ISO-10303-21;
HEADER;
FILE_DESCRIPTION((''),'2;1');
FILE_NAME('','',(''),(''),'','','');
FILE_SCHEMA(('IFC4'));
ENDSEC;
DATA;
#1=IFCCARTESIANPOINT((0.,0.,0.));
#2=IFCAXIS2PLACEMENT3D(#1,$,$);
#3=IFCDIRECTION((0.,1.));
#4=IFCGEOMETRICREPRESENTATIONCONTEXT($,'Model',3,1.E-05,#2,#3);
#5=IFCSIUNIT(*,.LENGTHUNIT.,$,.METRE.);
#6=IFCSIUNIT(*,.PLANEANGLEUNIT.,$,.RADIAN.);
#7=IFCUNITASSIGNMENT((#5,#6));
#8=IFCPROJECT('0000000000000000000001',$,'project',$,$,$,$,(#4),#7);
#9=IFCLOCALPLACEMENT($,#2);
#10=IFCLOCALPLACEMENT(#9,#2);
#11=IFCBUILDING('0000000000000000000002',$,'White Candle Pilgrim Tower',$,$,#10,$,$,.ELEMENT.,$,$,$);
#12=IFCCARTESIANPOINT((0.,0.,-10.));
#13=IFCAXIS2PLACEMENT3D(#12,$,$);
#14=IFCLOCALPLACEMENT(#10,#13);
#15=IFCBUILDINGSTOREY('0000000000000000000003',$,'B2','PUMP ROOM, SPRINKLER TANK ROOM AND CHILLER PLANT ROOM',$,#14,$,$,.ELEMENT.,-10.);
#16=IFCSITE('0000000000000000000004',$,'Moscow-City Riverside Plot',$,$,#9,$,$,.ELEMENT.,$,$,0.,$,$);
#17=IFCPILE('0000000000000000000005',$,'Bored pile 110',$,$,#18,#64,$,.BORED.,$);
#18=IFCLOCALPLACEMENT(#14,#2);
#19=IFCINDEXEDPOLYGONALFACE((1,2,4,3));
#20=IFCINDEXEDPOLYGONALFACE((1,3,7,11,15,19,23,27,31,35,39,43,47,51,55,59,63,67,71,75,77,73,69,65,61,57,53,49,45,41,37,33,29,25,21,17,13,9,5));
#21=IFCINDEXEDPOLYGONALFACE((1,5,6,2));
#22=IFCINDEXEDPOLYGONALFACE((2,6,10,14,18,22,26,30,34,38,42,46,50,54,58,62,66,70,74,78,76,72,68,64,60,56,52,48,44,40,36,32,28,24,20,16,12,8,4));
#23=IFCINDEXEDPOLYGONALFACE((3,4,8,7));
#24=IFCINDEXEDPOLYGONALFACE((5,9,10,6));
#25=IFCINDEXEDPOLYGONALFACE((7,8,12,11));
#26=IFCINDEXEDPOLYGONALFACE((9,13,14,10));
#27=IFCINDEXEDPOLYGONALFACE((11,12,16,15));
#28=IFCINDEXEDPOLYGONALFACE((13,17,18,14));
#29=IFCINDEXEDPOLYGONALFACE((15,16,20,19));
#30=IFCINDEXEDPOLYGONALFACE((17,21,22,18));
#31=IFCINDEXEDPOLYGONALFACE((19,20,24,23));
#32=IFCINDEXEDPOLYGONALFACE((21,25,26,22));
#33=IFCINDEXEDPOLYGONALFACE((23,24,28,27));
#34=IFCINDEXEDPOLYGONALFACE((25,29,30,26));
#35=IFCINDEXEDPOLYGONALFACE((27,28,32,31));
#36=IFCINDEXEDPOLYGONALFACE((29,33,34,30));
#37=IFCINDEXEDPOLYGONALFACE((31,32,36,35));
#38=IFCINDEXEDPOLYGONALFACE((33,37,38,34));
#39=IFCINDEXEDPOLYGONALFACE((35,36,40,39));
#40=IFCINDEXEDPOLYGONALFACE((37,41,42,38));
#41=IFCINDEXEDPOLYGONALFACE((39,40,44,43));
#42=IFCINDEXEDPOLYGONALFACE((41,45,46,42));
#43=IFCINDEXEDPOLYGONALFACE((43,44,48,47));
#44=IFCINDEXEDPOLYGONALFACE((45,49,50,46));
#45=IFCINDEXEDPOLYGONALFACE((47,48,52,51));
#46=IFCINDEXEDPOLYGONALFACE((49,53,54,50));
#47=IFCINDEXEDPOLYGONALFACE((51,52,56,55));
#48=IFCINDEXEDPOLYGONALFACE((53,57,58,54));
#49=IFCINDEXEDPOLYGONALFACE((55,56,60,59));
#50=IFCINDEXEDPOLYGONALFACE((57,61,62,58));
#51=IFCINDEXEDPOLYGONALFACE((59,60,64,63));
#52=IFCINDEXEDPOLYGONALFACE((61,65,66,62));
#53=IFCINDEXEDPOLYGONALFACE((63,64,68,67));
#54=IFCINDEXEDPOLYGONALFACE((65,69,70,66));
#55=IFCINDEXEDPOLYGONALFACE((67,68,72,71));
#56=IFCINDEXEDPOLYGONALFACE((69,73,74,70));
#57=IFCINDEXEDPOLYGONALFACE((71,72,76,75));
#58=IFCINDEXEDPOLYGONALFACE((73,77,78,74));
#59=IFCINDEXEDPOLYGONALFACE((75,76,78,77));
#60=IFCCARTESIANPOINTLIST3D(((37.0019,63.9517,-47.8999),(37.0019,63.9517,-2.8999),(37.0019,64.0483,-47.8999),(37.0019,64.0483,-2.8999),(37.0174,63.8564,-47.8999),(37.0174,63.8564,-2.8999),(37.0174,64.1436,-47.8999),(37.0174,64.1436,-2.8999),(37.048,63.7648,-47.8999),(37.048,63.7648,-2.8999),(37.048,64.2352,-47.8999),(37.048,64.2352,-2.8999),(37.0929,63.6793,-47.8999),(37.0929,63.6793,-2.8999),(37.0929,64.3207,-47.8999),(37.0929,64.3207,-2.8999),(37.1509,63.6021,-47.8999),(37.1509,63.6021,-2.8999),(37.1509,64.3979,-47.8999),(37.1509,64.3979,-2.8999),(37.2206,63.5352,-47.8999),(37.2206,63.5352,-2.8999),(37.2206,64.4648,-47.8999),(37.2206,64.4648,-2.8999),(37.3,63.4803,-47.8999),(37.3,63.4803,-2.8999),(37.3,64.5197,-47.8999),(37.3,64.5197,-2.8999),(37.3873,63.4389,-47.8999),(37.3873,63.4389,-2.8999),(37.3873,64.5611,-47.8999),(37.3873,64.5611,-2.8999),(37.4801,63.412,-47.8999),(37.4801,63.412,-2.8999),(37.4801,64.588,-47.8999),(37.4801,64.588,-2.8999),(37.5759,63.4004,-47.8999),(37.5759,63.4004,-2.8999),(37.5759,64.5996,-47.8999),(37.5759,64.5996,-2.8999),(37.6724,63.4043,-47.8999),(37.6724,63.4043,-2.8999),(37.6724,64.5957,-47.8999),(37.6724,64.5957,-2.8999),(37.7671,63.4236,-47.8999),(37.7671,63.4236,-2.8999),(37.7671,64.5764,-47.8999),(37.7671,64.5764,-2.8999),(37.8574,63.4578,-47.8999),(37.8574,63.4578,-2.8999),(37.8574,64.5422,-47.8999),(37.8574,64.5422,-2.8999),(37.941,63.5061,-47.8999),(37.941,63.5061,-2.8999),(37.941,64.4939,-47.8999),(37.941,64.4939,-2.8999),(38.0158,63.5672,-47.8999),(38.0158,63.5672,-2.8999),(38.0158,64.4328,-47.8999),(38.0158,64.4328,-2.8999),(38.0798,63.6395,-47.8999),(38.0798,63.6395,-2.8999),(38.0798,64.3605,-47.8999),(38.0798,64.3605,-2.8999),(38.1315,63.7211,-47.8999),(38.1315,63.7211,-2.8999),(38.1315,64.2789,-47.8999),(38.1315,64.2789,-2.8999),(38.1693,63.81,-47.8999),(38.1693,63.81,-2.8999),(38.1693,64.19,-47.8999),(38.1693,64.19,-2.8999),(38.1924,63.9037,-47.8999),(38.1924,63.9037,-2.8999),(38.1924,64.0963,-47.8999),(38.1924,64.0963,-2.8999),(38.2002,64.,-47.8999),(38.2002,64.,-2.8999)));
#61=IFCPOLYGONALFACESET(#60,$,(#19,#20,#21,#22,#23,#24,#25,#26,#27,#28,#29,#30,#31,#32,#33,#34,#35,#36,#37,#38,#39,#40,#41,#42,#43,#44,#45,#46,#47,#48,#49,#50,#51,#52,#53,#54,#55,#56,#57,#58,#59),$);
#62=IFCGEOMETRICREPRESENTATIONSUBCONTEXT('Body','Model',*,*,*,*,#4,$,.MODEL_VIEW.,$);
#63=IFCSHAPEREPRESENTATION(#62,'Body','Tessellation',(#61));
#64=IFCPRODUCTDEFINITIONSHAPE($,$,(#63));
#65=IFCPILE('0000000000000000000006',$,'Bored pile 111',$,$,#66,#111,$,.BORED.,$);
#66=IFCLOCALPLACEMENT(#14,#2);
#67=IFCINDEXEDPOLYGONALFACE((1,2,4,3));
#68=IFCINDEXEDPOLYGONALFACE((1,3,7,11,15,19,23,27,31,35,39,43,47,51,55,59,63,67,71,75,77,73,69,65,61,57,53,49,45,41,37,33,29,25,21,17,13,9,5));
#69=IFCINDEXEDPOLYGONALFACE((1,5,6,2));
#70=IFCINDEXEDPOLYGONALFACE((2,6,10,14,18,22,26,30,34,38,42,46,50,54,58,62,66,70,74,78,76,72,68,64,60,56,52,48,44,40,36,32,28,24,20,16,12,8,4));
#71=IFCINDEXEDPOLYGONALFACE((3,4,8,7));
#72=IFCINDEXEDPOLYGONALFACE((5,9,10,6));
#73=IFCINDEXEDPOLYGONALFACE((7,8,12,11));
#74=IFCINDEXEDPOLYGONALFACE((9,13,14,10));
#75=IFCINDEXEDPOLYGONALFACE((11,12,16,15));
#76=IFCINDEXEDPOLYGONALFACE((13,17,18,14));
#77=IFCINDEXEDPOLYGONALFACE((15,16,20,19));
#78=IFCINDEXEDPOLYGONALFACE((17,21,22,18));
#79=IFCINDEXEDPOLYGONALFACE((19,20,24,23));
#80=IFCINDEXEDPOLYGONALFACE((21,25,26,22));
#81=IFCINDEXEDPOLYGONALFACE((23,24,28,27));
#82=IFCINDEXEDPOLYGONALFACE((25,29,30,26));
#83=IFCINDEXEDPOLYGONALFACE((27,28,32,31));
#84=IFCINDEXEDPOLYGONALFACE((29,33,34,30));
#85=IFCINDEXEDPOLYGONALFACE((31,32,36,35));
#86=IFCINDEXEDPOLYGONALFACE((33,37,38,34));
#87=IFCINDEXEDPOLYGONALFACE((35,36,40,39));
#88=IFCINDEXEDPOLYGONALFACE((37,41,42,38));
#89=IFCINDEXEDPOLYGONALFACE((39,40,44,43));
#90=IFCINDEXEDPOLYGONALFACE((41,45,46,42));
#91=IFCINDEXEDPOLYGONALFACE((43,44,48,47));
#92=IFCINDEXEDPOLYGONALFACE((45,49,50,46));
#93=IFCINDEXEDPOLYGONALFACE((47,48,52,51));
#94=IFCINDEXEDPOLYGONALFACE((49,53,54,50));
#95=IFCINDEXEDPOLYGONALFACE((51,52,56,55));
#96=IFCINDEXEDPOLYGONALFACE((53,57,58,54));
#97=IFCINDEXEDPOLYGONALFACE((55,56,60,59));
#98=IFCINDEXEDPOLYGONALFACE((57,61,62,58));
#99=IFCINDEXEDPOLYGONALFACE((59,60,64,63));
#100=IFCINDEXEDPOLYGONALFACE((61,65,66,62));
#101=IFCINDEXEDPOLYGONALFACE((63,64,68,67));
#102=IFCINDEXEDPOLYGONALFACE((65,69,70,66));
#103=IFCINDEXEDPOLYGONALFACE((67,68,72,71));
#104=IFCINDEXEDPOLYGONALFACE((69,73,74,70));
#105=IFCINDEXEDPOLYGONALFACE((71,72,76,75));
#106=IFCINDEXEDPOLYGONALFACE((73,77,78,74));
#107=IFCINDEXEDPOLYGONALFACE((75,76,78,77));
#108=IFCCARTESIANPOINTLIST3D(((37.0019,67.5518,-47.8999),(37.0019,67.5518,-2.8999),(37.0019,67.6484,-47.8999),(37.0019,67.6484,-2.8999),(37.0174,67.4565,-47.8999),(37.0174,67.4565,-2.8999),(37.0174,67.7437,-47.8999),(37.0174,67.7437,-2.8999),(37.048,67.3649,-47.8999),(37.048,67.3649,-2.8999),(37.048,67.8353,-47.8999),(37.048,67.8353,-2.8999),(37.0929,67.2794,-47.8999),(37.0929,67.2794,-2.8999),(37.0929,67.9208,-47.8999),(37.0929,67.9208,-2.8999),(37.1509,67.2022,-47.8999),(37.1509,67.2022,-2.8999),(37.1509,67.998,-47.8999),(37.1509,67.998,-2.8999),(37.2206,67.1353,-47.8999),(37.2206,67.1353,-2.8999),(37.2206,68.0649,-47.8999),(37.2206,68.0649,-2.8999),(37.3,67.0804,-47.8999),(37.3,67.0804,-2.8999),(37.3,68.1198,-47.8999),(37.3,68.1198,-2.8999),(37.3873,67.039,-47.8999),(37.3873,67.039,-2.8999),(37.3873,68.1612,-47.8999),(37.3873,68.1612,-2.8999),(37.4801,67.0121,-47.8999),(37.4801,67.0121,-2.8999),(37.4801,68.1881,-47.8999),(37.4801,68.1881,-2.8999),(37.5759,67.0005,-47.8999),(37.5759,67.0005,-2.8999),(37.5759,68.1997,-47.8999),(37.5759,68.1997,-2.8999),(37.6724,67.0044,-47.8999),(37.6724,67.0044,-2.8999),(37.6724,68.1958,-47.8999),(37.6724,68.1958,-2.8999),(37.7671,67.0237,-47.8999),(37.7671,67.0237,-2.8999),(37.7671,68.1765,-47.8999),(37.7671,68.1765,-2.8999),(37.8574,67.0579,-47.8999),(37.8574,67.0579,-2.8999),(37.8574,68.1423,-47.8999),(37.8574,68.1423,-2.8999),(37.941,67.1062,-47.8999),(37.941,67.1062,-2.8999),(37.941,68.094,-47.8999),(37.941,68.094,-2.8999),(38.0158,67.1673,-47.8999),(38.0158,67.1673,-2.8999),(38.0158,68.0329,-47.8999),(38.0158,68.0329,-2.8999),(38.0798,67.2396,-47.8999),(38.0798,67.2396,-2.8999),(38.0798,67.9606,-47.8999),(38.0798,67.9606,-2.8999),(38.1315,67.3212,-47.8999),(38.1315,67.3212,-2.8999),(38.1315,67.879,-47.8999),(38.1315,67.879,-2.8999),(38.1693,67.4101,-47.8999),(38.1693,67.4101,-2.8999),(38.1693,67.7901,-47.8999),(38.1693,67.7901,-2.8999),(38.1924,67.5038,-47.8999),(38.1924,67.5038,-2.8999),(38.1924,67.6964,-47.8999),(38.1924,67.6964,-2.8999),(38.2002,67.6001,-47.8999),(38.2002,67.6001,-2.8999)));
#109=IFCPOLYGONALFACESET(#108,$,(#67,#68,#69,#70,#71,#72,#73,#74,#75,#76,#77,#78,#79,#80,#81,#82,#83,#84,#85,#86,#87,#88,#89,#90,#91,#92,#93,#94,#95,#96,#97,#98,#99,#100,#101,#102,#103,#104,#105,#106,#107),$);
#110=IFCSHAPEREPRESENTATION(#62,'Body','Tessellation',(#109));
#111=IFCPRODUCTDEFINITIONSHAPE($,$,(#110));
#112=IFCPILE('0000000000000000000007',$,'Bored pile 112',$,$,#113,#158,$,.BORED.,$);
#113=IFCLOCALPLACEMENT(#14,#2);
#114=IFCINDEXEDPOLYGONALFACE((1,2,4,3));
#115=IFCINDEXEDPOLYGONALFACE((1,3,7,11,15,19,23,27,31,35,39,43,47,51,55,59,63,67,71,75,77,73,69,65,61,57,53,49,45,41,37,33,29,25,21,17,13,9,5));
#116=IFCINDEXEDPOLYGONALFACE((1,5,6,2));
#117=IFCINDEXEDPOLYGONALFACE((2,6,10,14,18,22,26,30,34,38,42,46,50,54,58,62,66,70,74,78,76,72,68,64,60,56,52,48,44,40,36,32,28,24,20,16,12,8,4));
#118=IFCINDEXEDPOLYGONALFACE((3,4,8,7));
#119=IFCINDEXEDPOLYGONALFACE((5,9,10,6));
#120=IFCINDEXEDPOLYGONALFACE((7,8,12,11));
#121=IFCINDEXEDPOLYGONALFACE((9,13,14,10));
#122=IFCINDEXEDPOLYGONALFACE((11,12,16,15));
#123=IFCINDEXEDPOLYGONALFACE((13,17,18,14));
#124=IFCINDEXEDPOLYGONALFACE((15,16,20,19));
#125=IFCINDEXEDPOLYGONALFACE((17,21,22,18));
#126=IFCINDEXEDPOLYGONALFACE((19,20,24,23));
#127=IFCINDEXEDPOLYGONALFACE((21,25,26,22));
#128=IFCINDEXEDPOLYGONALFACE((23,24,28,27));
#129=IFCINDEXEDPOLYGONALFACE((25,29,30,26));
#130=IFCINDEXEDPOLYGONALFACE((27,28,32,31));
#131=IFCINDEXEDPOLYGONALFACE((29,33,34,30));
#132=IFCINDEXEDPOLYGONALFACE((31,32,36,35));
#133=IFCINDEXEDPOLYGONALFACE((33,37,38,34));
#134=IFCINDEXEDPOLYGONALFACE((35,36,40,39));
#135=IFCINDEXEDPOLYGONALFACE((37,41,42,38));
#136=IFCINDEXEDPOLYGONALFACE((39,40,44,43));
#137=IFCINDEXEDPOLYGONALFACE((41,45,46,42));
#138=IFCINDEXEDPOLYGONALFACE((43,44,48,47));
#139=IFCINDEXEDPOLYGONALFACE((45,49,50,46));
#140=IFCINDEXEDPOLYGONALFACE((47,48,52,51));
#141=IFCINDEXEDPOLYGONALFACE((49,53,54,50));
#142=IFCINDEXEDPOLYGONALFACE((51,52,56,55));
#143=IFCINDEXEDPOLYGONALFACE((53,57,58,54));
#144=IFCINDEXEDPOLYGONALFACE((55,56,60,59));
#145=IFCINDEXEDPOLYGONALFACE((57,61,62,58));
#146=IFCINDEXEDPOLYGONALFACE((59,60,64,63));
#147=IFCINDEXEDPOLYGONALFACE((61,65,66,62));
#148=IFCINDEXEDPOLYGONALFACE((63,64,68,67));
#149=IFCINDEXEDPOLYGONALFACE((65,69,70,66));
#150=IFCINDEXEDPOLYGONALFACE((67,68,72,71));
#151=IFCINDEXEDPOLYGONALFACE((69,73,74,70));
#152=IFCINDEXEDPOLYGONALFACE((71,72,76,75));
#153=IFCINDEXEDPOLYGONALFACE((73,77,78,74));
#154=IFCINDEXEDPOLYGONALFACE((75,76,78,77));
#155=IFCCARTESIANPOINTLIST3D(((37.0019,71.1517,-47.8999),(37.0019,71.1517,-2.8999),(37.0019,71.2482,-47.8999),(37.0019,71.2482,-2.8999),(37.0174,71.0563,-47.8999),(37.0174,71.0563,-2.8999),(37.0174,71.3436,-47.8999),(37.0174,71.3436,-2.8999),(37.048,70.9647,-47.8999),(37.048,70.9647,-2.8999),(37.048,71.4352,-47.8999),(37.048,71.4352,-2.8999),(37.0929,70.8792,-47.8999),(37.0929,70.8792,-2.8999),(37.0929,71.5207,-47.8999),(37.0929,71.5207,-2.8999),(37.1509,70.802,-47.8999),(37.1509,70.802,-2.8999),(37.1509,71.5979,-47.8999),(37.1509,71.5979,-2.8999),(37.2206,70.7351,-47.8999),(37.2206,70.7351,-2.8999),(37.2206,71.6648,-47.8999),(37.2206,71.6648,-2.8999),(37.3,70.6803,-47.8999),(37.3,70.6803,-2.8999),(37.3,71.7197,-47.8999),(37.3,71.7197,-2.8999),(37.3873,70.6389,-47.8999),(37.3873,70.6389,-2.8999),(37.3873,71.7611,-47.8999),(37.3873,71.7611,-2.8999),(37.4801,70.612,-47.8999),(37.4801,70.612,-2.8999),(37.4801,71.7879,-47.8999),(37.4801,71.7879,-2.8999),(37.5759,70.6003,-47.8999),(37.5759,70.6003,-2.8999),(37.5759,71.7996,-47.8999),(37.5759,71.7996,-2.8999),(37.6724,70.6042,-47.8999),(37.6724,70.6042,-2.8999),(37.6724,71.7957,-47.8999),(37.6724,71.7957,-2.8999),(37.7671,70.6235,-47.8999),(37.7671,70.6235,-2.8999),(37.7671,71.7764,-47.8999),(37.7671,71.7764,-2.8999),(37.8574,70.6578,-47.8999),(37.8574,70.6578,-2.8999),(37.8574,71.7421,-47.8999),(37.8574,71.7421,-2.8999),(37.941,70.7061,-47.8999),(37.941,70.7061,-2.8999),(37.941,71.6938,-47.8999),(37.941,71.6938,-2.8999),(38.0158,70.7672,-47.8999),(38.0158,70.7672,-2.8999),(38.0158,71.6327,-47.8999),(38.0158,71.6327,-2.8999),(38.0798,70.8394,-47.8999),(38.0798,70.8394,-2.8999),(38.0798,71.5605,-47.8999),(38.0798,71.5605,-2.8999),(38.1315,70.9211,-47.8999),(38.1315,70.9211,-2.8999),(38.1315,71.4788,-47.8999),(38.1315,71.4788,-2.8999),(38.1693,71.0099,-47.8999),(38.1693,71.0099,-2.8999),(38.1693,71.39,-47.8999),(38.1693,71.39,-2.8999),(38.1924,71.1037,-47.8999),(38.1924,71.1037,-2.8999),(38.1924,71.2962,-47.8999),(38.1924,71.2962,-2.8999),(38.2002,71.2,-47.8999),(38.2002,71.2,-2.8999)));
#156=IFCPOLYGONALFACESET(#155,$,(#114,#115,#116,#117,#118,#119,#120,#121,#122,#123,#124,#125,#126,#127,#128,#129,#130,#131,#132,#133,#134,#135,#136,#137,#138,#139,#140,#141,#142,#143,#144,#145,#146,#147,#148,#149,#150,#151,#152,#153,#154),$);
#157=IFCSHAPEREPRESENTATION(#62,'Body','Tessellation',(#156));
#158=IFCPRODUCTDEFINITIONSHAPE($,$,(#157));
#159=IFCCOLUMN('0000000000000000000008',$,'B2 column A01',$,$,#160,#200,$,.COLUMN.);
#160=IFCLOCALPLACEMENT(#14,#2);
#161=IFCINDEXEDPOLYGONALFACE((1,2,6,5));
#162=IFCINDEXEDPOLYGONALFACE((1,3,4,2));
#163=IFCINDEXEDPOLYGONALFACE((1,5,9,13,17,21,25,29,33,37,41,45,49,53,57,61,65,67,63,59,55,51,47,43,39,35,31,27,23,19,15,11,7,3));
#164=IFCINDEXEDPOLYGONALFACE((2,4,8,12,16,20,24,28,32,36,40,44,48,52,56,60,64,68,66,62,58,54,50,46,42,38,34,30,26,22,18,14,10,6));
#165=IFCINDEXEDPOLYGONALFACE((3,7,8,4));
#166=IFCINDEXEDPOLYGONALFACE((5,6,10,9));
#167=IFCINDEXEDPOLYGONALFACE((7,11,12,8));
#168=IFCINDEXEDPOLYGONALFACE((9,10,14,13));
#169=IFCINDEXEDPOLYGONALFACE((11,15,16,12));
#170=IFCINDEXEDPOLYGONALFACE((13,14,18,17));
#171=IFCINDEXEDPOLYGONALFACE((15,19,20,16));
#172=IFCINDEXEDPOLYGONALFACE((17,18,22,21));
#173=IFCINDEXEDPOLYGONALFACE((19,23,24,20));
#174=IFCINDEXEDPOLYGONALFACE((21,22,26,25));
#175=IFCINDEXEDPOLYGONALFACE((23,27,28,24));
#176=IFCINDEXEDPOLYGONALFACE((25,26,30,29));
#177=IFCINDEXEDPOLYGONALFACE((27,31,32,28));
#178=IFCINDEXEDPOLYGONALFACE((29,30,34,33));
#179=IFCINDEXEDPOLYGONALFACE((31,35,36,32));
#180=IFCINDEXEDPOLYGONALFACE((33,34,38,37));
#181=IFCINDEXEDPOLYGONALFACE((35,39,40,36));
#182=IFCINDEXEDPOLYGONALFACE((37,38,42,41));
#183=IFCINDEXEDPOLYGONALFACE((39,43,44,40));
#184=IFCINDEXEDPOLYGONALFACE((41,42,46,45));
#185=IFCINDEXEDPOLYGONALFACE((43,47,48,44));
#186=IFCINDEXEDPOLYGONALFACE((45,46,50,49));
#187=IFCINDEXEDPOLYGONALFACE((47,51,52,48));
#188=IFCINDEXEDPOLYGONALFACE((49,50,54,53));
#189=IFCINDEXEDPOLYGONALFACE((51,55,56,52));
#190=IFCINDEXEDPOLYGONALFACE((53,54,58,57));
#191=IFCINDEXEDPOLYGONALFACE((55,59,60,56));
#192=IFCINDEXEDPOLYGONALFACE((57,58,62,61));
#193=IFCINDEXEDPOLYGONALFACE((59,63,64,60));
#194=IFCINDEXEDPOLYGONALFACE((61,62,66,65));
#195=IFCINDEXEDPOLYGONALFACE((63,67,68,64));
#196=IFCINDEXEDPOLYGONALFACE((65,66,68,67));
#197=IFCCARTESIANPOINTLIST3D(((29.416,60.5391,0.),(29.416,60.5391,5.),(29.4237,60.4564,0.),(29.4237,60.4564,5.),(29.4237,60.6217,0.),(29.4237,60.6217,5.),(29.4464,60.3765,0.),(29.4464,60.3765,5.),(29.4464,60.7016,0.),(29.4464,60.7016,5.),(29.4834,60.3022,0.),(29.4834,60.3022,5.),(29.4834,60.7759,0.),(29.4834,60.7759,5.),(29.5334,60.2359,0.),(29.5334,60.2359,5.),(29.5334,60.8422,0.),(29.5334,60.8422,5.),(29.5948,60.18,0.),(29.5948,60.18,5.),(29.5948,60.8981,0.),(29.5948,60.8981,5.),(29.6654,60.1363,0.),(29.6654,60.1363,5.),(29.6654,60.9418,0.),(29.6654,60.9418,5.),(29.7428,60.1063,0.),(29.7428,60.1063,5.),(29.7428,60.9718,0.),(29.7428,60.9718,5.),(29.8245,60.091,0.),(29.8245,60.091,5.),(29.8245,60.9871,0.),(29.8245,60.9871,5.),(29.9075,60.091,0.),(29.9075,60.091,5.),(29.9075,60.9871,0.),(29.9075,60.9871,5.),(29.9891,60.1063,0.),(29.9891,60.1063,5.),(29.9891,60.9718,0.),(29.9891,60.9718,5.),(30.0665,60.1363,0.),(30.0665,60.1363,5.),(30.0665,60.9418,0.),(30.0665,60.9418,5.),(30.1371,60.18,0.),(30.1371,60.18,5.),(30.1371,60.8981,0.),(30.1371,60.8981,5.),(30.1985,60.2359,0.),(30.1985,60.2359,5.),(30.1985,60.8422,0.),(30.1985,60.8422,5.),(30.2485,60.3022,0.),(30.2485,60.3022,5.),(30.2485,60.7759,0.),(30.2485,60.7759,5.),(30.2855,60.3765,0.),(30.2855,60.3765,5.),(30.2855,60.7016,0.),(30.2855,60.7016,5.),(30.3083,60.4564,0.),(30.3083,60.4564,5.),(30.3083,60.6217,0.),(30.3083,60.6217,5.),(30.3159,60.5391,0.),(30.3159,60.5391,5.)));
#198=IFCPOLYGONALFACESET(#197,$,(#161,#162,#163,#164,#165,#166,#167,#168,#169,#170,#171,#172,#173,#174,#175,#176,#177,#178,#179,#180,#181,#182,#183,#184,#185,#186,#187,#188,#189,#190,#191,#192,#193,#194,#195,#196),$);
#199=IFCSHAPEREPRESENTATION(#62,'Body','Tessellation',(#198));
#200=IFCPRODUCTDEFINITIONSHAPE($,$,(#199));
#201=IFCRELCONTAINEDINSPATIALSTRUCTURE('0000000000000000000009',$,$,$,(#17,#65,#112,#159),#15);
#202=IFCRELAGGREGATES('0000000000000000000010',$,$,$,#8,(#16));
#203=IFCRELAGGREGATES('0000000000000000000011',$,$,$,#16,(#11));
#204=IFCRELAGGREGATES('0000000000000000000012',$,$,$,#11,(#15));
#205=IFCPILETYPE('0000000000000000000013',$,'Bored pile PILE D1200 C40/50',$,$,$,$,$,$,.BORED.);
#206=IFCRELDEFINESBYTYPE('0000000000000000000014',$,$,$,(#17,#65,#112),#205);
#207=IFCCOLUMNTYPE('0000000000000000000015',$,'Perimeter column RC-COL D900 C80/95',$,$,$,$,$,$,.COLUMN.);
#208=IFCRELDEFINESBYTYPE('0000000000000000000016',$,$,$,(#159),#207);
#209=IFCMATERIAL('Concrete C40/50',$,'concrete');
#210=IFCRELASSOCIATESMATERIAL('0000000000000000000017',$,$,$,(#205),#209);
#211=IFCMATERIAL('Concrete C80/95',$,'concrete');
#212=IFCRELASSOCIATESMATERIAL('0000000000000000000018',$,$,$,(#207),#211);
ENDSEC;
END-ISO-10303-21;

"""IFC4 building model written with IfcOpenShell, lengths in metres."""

from ifc_helpers import new_model, si_unit, direction, frame, origin, origin_2d, place, context, subcontext, project, spatial, circle, extrude, material, material_profile, profile_set, type_object, element, save


model = new_model("IFC4")

# Units and contexts
model_context = context("Model", 3, precision=1e-05, world=origin(), true_north=direction((0.0, 1.0)))
body_context = subcontext(model_context, "Body", "Model", "MODEL_VIEW")
ifc_project = project(units=[si_unit("LENGTHUNIT", "METRE"), si_unit("PLANEANGLEUNIT", "RADIAN")], contexts=[model_context])

# Site, building, storey
site_placement = place(None, origin())
site = spatial("IfcSite", under=ifc_project, at=site_placement, Name="Moscow-City Riverside Plot", CompositionType="ELEMENT", RefElevation=0.0)
building_placement = place(site_placement, origin())
building = spatial("IfcBuilding", under=site, at=building_placement, Name="White Candle Pilgrim Tower", CompositionType="ELEMENT")
storey_placement = place(building_placement, frame((0.0, 0.0, -10.0)))
storey = spatial("IfcBuildingStorey", under=building, at=storey_placement, Name="B2", Description="PUMP ROOM, SPRINKLER TANK ROOM AND CHILLER PLANT ROOM", CompositionType="ELEMENT", Elevation=-10.0)

# Piles
ifc_material_1 = material(Name="Concrete C40/50", Category="concrete")
ifc_material_profile_1 = material_profile(ifc_material_1, circle(Radius=0.6001, at=origin_2d()), Name="PILE D1200")
ifc_profile_set_1 = profile_set([ifc_material_profile_1], Name="Concrete C40/50")
pile_type = type_object("IfcPileType", Name="Bored pile PILE D1200 C40/50", PredefinedType="BORED", material=ifc_profile_set_1)
for number, where, z_axis, x_axis, name in (
    (1, (37.6001, 64.0, -2.8999), (0.0, 0.0, -1.0), (1.0, 0.0, 0.0), "Bored pile 110"),
    (2, (37.6001, 67.6001, -2.8999), (0.0, 0.0, -1.0), (1.0, 0.0, 0.0), "Bored pile 111"),
    (3, (37.6001, 71.2, -2.8999), (0.0, 0.0, -1.0), (1.0, 0.0, 0.0), "Bored pile 112"),
):
    element("IfcPile", number, at=place(storey_placement, frame(where, z_axis=z_axis, x_axis=x_axis)), inside=storey, type_object=pile_type, Name=name, PredefinedType="BORED", context=body_context, shape_type="SweptSolid", body=[
        extrude(circle(Radius=0.6001, at=origin_2d()), origin(), (0.0, 0.0, 1.0), 45.0),
    ])

# Column
ifc_material_2 = material(Name="Concrete C80/95", Category="concrete")
ifc_material_profile_2 = material_profile(ifc_material_2, circle(Radius=0.45, at=origin_2d()), Name="RC-COL D900")
ifc_profile_set_2 = profile_set([ifc_material_profile_2], Name="Concrete C80/95")
column_type = type_object("IfcColumnType", Name="Perimeter column RC-COL D900 C80/95", PredefinedType="COLUMN", material=ifc_profile_set_2)
for number, where, z_axis, x_axis, name in (
    (4, (29.866, 60.5391, 0.0), (0.0, 0.0, 1.0), (1.0, 0.0, 0.0), "B2 column A01"),
):
    element("IfcColumn", number, at=place(storey_placement, frame(where, z_axis=z_axis, x_axis=x_axis)), inside=storey, type_object=column_type, Name=name, PredefinedType="COLUMN", context=body_context, shape_type="SweptSolid", body=[
        extrude(circle(Radius=0.45, at=origin_2d()), origin(), (0.0, 0.0, 1.0), 5.0),
    ])

save(model, "model.ifc")
